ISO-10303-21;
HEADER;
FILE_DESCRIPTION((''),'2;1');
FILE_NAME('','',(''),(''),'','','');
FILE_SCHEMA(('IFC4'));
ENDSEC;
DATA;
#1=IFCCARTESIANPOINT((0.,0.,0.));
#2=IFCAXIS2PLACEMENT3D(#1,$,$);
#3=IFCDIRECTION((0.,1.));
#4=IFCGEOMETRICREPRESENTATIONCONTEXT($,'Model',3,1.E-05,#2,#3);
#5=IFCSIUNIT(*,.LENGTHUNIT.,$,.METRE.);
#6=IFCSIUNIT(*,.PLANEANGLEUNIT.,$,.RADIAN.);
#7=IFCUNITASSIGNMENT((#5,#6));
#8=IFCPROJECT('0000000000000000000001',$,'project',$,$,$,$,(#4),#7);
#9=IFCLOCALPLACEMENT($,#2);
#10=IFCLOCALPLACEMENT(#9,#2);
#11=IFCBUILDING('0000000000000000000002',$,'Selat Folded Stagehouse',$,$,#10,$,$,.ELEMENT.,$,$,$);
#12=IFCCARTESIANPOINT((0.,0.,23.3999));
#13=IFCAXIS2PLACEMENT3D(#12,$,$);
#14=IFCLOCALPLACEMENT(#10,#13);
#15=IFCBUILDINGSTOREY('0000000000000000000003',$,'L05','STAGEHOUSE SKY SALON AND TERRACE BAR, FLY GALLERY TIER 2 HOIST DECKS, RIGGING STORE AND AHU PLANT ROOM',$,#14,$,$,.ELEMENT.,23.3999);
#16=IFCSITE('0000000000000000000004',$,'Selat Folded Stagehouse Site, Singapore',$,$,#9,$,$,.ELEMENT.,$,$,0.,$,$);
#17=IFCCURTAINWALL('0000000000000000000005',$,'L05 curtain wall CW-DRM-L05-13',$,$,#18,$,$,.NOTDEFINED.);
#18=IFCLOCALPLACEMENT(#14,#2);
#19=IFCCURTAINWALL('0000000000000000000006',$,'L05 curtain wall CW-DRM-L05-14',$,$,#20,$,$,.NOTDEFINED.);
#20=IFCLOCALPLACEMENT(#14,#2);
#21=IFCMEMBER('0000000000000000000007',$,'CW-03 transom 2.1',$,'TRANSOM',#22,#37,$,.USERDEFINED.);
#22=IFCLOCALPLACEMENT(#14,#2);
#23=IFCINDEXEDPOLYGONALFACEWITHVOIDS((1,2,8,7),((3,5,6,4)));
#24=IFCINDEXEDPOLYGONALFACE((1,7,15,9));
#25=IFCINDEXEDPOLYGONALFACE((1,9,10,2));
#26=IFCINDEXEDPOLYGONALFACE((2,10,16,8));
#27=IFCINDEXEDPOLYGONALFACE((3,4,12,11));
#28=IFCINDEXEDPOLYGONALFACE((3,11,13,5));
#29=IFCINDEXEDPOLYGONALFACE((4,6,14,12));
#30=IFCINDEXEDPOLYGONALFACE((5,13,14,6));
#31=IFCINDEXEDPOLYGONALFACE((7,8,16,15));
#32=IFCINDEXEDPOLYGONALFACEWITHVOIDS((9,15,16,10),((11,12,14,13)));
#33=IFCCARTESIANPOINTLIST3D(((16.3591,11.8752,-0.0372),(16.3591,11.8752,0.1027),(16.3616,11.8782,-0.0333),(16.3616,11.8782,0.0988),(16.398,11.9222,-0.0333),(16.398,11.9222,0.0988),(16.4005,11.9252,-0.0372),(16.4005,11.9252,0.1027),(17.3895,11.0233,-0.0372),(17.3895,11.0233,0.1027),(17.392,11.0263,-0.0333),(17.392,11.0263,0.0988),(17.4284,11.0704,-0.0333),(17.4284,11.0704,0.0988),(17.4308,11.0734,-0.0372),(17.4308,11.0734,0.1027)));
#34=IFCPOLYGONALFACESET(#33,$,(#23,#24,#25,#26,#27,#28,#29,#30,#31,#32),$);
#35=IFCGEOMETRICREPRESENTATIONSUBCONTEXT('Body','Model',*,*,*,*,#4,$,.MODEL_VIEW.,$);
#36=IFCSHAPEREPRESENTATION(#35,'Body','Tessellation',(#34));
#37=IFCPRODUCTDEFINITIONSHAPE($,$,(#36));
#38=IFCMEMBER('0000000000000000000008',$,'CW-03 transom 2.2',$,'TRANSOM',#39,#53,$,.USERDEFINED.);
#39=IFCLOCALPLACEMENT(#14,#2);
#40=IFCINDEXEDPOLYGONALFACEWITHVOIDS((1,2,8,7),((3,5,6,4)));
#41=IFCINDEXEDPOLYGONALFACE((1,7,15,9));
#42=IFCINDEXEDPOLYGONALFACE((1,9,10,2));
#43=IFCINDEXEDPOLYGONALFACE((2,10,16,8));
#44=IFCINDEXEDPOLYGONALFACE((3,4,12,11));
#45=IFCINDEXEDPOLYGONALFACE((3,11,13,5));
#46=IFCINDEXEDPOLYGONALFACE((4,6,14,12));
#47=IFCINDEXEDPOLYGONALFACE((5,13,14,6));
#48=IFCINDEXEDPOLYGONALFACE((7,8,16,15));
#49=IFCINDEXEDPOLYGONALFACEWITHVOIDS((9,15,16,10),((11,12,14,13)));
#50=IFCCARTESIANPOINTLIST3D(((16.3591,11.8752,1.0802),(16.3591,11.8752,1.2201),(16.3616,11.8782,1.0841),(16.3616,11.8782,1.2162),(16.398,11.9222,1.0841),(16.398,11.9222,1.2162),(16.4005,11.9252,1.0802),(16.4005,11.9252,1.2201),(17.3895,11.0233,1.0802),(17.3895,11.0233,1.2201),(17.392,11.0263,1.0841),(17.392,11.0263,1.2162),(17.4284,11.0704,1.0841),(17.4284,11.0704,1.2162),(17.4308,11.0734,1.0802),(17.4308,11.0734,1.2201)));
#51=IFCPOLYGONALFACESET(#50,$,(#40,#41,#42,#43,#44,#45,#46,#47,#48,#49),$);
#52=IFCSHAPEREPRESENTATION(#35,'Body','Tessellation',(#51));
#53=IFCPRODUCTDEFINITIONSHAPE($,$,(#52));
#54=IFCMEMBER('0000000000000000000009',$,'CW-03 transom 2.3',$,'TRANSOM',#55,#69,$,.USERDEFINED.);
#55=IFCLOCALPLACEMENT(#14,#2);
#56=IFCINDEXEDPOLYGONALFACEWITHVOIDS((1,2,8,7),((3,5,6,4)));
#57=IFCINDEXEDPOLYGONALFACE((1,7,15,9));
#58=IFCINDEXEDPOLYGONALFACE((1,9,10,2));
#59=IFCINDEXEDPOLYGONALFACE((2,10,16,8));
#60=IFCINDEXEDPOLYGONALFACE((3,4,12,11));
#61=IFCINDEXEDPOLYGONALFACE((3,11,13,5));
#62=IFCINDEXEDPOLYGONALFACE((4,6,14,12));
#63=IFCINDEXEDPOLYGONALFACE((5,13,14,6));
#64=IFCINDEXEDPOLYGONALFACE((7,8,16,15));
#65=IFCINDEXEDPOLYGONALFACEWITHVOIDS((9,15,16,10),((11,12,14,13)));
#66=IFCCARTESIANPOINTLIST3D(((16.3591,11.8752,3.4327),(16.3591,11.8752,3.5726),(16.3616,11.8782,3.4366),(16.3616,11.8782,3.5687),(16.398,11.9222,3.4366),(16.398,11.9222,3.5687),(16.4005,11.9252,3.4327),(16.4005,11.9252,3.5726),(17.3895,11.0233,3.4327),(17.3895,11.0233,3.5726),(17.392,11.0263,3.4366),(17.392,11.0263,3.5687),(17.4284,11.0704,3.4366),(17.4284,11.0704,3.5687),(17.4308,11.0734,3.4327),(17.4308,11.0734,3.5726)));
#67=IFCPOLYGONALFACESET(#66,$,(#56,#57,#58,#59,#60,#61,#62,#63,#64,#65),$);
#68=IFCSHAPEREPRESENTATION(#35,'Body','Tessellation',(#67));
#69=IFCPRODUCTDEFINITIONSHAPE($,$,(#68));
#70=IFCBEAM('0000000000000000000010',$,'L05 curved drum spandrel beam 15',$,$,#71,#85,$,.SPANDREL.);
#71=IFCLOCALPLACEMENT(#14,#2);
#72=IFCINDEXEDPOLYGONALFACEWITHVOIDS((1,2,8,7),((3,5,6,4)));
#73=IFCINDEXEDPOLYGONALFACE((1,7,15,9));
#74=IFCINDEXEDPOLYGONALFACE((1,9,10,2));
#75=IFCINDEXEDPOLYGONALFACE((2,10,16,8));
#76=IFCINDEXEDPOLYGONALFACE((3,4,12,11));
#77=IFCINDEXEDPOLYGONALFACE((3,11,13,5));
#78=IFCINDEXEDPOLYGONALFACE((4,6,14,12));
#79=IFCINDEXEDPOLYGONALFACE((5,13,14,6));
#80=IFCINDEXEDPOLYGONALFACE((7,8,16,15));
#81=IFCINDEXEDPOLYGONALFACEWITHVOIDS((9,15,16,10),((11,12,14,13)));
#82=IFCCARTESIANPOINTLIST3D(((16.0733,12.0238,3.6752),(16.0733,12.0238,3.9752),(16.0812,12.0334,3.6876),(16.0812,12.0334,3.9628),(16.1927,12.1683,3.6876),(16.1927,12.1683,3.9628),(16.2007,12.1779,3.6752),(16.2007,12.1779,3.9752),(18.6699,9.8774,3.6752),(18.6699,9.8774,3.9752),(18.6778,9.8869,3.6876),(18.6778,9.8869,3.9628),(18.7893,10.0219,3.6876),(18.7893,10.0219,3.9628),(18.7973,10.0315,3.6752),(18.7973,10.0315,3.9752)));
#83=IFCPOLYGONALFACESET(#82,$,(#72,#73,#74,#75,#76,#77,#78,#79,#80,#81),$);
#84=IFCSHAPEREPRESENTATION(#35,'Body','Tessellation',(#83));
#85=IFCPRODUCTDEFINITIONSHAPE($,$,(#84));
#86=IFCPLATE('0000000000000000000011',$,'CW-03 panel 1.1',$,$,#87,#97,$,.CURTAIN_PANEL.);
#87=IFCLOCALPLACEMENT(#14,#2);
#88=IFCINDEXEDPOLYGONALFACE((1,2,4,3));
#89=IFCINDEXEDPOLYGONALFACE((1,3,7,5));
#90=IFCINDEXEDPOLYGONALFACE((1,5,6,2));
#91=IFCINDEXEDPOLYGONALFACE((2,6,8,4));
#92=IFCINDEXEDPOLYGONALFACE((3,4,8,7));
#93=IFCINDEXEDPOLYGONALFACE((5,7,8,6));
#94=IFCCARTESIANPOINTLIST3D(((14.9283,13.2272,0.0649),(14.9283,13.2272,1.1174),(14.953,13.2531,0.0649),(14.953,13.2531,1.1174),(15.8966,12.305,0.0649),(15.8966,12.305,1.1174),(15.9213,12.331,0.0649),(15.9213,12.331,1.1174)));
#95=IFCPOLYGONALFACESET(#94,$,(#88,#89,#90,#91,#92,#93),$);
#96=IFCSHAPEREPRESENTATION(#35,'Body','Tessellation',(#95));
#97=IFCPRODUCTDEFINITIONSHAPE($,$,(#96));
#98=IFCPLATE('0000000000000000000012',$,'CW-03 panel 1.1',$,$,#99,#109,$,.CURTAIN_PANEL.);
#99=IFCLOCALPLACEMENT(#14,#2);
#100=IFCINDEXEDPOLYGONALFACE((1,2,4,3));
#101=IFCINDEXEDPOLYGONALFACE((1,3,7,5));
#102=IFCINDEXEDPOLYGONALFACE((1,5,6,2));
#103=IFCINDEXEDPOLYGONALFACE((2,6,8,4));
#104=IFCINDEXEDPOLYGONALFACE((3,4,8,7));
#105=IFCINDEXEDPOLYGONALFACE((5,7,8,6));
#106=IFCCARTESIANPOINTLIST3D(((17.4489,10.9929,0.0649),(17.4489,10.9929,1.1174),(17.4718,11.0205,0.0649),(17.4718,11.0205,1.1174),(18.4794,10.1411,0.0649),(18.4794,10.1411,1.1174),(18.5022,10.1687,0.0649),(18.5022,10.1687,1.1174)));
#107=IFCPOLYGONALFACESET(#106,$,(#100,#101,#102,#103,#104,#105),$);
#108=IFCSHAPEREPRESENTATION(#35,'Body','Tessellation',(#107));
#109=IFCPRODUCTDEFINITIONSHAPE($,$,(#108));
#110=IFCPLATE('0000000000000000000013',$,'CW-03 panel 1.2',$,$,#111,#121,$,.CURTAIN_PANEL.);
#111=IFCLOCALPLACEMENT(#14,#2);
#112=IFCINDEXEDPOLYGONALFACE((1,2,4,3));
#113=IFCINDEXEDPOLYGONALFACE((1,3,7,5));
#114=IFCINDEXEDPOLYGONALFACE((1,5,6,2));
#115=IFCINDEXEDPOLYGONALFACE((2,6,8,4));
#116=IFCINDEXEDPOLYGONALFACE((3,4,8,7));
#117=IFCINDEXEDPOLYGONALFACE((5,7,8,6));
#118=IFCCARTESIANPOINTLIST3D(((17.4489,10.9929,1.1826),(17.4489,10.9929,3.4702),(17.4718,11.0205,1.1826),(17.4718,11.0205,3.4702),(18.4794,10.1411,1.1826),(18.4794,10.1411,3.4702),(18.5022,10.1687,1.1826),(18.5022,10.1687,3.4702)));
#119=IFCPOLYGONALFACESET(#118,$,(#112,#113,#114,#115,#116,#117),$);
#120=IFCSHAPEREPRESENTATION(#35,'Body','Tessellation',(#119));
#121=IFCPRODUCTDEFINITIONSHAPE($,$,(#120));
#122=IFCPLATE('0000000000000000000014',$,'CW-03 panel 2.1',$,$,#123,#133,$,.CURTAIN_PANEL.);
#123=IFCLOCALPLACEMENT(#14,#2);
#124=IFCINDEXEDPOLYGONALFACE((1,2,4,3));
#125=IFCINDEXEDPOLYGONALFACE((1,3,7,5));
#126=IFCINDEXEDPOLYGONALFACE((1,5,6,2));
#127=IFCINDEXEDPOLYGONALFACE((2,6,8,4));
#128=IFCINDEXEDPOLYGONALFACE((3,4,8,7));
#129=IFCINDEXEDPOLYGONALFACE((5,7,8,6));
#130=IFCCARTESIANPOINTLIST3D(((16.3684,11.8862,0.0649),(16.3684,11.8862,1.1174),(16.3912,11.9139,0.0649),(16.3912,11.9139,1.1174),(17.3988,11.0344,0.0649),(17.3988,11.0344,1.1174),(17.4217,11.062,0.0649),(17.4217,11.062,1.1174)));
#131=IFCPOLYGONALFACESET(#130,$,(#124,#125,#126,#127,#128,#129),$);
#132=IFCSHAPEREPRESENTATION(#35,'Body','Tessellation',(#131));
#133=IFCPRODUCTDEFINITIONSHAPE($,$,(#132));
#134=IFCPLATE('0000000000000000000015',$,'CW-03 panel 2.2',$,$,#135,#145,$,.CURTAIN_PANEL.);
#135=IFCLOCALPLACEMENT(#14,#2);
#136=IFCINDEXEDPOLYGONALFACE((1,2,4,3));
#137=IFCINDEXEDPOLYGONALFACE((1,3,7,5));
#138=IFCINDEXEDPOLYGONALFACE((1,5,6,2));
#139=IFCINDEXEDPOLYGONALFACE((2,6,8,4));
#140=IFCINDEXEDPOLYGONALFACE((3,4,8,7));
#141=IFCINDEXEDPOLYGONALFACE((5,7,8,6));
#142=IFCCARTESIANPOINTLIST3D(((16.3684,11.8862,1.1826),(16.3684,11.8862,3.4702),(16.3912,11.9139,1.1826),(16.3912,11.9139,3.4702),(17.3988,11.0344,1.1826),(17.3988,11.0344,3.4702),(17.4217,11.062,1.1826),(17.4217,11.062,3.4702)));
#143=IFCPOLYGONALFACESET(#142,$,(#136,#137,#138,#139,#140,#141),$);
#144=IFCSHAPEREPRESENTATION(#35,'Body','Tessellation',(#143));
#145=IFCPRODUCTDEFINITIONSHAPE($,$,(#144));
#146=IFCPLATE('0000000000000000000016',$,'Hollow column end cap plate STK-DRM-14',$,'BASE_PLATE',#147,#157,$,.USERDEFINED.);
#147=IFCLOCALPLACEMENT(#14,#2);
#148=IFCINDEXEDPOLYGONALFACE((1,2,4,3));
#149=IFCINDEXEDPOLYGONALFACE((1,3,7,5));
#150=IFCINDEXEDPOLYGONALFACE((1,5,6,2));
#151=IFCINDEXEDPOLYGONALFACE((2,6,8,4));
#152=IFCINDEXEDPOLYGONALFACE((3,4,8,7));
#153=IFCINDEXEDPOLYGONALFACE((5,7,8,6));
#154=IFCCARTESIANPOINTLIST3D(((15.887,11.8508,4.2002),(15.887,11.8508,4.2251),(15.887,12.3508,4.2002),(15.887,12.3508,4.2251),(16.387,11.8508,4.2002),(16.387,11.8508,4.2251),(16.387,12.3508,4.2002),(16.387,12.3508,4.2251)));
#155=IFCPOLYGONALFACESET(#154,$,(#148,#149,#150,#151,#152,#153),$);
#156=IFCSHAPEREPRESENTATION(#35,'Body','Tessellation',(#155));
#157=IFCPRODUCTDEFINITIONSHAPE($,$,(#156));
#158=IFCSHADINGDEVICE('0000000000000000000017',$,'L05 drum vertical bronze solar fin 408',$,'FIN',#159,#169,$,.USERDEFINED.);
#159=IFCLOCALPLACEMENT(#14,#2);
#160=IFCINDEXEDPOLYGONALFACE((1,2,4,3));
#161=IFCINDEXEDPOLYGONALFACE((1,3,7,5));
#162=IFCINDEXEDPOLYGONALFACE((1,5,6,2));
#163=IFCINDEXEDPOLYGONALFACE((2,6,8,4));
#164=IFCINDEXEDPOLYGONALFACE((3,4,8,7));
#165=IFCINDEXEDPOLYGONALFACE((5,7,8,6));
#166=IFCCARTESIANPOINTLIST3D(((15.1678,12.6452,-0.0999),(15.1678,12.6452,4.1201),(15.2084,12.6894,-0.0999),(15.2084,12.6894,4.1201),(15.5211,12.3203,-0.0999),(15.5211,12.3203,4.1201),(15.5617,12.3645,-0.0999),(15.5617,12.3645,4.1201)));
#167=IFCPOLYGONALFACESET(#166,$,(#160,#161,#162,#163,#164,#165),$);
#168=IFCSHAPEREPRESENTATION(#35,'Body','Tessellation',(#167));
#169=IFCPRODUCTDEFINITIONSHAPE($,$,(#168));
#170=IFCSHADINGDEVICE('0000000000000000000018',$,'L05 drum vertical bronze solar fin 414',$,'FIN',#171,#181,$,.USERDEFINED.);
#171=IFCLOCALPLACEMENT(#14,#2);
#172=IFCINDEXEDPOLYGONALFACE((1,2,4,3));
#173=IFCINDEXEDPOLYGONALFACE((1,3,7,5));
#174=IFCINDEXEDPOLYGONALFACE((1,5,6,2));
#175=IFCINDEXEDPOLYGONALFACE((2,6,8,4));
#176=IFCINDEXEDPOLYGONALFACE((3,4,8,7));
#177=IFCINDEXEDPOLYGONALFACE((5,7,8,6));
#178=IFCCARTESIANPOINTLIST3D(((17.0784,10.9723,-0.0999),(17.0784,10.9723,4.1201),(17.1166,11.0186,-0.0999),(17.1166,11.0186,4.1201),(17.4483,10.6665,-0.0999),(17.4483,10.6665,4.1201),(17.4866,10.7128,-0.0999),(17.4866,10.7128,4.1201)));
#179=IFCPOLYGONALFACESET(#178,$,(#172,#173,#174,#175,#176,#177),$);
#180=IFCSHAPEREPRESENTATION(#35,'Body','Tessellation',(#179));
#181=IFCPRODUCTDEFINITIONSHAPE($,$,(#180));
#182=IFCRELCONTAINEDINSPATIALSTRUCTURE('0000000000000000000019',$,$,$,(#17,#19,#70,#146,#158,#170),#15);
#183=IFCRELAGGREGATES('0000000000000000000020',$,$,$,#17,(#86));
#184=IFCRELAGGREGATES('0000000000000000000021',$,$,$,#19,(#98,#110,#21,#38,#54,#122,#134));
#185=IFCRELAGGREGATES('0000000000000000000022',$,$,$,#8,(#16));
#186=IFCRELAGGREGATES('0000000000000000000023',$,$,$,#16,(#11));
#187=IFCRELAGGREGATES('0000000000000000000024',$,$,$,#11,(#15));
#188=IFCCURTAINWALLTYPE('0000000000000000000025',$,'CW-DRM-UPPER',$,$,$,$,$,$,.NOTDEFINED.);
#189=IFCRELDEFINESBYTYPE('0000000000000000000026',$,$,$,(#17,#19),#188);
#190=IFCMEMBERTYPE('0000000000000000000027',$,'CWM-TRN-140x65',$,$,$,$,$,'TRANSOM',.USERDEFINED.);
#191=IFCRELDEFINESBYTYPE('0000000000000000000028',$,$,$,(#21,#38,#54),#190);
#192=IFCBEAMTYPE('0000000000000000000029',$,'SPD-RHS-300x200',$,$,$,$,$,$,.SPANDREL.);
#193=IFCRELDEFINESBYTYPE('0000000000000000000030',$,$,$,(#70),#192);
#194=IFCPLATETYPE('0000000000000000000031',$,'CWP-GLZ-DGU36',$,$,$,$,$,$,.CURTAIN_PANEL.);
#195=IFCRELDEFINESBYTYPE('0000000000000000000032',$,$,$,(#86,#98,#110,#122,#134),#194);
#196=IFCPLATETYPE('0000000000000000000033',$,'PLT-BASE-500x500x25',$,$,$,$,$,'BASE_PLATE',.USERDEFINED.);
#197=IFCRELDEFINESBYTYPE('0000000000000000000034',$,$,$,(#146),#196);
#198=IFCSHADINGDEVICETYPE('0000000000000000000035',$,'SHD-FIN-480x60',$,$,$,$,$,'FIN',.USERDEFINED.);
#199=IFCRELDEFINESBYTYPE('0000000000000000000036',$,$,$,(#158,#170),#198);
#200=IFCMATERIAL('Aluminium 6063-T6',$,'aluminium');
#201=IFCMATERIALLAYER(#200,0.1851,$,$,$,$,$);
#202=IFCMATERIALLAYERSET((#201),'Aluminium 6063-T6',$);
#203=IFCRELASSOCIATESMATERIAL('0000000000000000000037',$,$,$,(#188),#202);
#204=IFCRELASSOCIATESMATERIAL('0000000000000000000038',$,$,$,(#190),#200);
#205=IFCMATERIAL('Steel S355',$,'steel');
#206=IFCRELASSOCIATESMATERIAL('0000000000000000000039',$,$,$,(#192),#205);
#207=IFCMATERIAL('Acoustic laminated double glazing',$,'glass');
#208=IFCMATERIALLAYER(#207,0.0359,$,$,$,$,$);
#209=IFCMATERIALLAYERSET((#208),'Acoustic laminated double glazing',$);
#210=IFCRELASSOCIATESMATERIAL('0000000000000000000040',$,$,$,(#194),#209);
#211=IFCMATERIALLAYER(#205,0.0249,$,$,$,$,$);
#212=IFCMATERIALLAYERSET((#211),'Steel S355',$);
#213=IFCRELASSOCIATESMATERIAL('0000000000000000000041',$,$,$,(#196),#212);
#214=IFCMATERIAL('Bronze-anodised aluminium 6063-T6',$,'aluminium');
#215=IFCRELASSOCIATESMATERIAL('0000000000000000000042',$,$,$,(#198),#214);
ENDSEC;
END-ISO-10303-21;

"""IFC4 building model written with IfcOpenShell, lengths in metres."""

from ifc_helpers import new_model, si_unit, direction, frame, origin, origin_2d, place, context, subcontext, project, spatial, rectangle, hollow_rectangle, extrude, material, layer, layer_set, material_profile, profile_set, type_object, element, aggregate, save


model = new_model("IFC4")

# Units and contexts
model_context = context("Model", 3, precision=1e-05, world=origin(), true_north=direction((0.0, 1.0)))
body_context = subcontext(model_context, "Body", "Model", "MODEL_VIEW")
ifc_project = project(units=[si_unit("LENGTHUNIT", "METRE"), si_unit("PLANEANGLEUNIT", "RADIAN")], contexts=[model_context])

# Site, building, storey
site_placement = place(None, origin())
site = spatial("IfcSite", under=ifc_project, at=site_placement, Name="Selat Folded Stagehouse Site, Singapore", CompositionType="ELEMENT", RefElevation=0.0)
building_placement = place(site_placement, origin())
building = spatial("IfcBuilding", under=site, at=building_placement, Name="Selat Folded Stagehouse", CompositionType="ELEMENT")
storey_placement = place(building_placement, frame((0.0, 0.0, 23.3999)))
storey = spatial("IfcBuildingStorey", under=building, at=storey_placement, Name="L05", Description="STAGEHOUSE SKY SALON AND TERRACE BAR, FLY GALLERY TIER 2 HOIST DECKS, RIGGING STORE AND AHU PLANT ROOM", CompositionType="ELEMENT", Elevation=23.3999)

# Shared definitions
ifc_material_1 = material(Name="Steel S355", Category="steel")

# Curtain wall
ifc_material_2 = material(Name="Aluminium 6063-T6", Category="aluminium")
ifc_layer_1 = layer(ifc_material_2, 0.1851)
ifc_layer_set_1 = layer_set([ifc_layer_1], Name="Aluminium 6063-T6")
curtain_wall_type = type_object("IfcCurtainWallType", Name="CW-DRM-UPPER", PredefinedType="NOTDEFINED", material=ifc_layer_set_1)
curtain_wall_1_placement = place(storey_placement, origin())
curtain_wall_1 = element("IfcCurtainWall", 1, at=curtain_wall_1_placement, inside=storey, type_object=curtain_wall_type, Name="L05 curtain wall CW-DRM-L05-13", PredefinedType="NOTDEFINED")

# Curtain wall
curtain_wall_2_placement = place(storey_placement, origin())
curtain_wall_2 = element("IfcCurtainWall", 2, at=curtain_wall_2_placement, inside=storey, type_object=curtain_wall_type, Name="L05 curtain wall CW-DRM-L05-14", PredefinedType="NOTDEFINED")

# Members
ifc_material_profile_1 = material_profile(ifc_material_2, hollow_rectangle(XDim=0.0649, YDim=0.1399, WallThickness=0.0039, at=origin_2d()), Name="ALU 140x65x4.0")
ifc_profile_set_1 = profile_set([ifc_material_profile_1], Name="Aluminium 6063-T6")
member_type_1 = type_object("IfcMemberType", Name="CWM-TRN-140x65", ElementType="TRANSOM", PredefinedType="USERDEFINED", material=ifc_profile_set_1)
member_1_placement = place(storey_placement, frame((17.4102, 11.0483, 0.0327), z_axis=(-0.7707, 0.637198, 0.0), x_axis=(-0.637198, -0.7707, 0.0)))
member_1 = element("IfcMember", 3, at=member_1_placement, type_object=member_type_1, Name="CW-03 transom 2.1", ObjectType="TRANSOM", PredefinedType="USERDEFINED", context=body_context, shape_type="SweptSolid", body=[
    extrude(hollow_rectangle(XDim=0.0649, YDim=0.1399, WallThickness=0.0039, at=origin_2d()), origin(), (0.0, 0.0, 1.0), 1.3369),
])
member_2_placement = place(storey_placement, frame((17.4102, 11.0483, 1.1501), z_axis=(-0.7707, 0.637198, 0.0), x_axis=(-0.637198, -0.7707, 0.0)))
member_2 = element("IfcMember", 4, at=member_2_placement, type_object=member_type_1, Name="CW-03 transom 2.2", ObjectType="TRANSOM", PredefinedType="USERDEFINED", context=body_context, shape_type="SweptSolid", body=[
    extrude(hollow_rectangle(XDim=0.0649, YDim=0.1399, WallThickness=0.0039, at=origin_2d()), origin(), (0.0, 0.0, 1.0), 1.3369),
])
member_3_placement = place(storey_placement, frame((17.4102, 11.0483, 3.5027), z_axis=(-0.7707, 0.637198, 0.0), x_axis=(-0.637198, -0.7707, 0.0)))
member_3 = element("IfcMember", 5, at=member_3_placement, type_object=member_type_1, Name="CW-03 transom 2.3", ObjectType="TRANSOM", PredefinedType="USERDEFINED", context=body_context, shape_type="SweptSolid", body=[
    extrude(hollow_rectangle(XDim=0.0649, YDim=0.1399, WallThickness=0.0039, at=origin_2d()), origin(), (0.0, 0.0, 1.0), 1.3369),
])

# Beam
ifc_material_profile_2 = material_profile(ifc_material_1, hollow_rectangle(XDim=0.2, YDim=0.3, WallThickness=0.0125, at=origin_2d()), Name="RHS 300x200x12.5")
ifc_profile_set_2 = profile_set([ifc_material_profile_2], Name="Steel S355")
beam_type = type_object("IfcBeamType", Name="SPD-RHS-300x200", PredefinedType="SPANDREL", material=ifc_profile_set_2)
beam_placement = place(storey_placement, frame((16.137, 12.1008, 3.8252), z_axis=(0.770758, -0.637129, 0.0), x_axis=(0.637129, 0.770758, 0.0)))
element("IfcBeam", 6, at=beam_placement, inside=storey, type_object=beam_type, Name="L05 curved drum spandrel beam 15", PredefinedType="SPANDREL", context=body_context, shape_type="SweptSolid", body=[
    extrude(hollow_rectangle(XDim=0.2, YDim=0.3, WallThickness=0.0125, at=origin_2d()), origin(), (0.0, 0.0, 1.0), 3.3689),
])

# Plates
ifc_material_3 = material(Name="Acoustic laminated double glazing", Category="glass")
ifc_layer_2 = layer(ifc_material_3, 0.0359)
ifc_layer_set_2 = layer_set([ifc_layer_2], Name="Acoustic laminated double glazing")
plate_type_1 = type_object("IfcPlateType", Name="CWP-GLZ-DGU36", PredefinedType="CURTAIN_PANEL", material=ifc_layer_set_2)
plate_1_placement = place(storey_placement, frame((15.4248, 12.7791, 0.0649), z_axis=(0.0, 0.0, 1.0), x_axis=(-0.724132, 0.689661, 0.0)))
plate_1 = element("IfcPlate", 7, at=plate_1_placement, type_object=plate_type_1, Name="CW-03 panel 1.1", PredefinedType="CURTAIN_PANEL", context=body_context, shape_type="SweptSolid", body=[
    extrude(rectangle(XDim=1.3372, YDim=0.0359, at=origin_2d()), origin(), (0.0, 0.0, 1.0), 1.0525),
])
aggregate(curtain_wall_1, [plate_1])
plate_2_placement = place(storey_placement, frame((17.9756, 10.5808, 0.0649), z_axis=(0.0, 0.0, 1.0), x_axis=(-0.770747, 0.637142, 0.0)))
plate_2 = element("IfcPlate", 8, at=plate_2_placement, type_object=plate_type_1, Name="CW-03 panel 1.1", PredefinedType="CURTAIN_PANEL", context=body_context, shape_type="SweptSolid", body=[
    extrude(rectangle(XDim=1.3369, YDim=0.0359, at=origin_2d()), origin(), (0.0, 0.0, 1.0), 1.0525),
])
plate_3_placement = place(storey_placement, frame((17.9756, 10.5808, 1.1826), z_axis=(0.0, 0.0, 1.0), x_axis=(-0.770747, 0.637142, 0.0)))
plate_3 = element("IfcPlate", 9, at=plate_3_placement, type_object=plate_type_1, Name="CW-03 panel 1.2", PredefinedType="CURTAIN_PANEL", context=body_context, shape_type="SweptSolid", body=[
    extrude(rectangle(XDim=1.3369, YDim=0.0359, at=origin_2d()), origin(), (0.0, 0.0, 1.0), 2.2876),
])
plate_4_placement = place(storey_placement, frame((16.895, 11.4741, 0.0649), z_axis=(0.0, 0.0, 1.0), x_axis=(-0.770747, 0.637142, 0.0)))
plate_4 = element("IfcPlate", 10, at=plate_4_placement, type_object=plate_type_1, Name="CW-03 panel 2.1", PredefinedType="CURTAIN_PANEL", context=body_context, shape_type="SweptSolid", body=[
    extrude(rectangle(XDim=1.3369, YDim=0.0359, at=origin_2d()), origin(), (0.0, 0.0, 1.0), 1.0525),
])
plate_5_placement = place(storey_placement, frame((16.895, 11.4741, 1.1826), z_axis=(0.0, 0.0, 1.0), x_axis=(-0.770747, 0.637142, 0.0)))
plate_5 = element("IfcPlate", 11, at=plate_5_placement, type_object=plate_type_1, Name="CW-03 panel 2.2", PredefinedType="CURTAIN_PANEL", context=body_context, shape_type="SweptSolid", body=[
    extrude(rectangle(XDim=1.3369, YDim=0.0359, at=origin_2d()), origin(), (0.0, 0.0, 1.0), 2.2876),
])
aggregate(curtain_wall_2, [plate_2, plate_3, member_1, member_2, member_3, plate_4, plate_5])
ifc_layer_3 = layer(ifc_material_1, 0.0249)
ifc_layer_set_3 = layer_set([ifc_layer_3], Name="Steel S355")
plate_type_2 = type_object("IfcPlateType", Name="PLT-BASE-500x500x25", ElementType="BASE_PLATE", PredefinedType="USERDEFINED", material=ifc_layer_set_3)
plate_6_placement = place(storey_placement, frame((16.137, 12.1008, 4.2002), z_axis=(0.0, 0.0, 1.0), x_axis=(1.0, 0.0, 0.0)))
element("IfcPlate", 12, at=plate_6_placement, inside=storey, type_object=plate_type_2, Name="Hollow column end cap plate STK-DRM-14", ObjectType="BASE_PLATE", PredefinedType="USERDEFINED", context=body_context, shape_type="SweptSolid", body=[
    extrude(rectangle(XDim=0.5, YDim=0.5, at=origin_2d()), origin(), (0.0, 0.0, 1.0), 0.0249),
])

# Shading devices
ifc_material_4 = material(Name="Bronze-anodised aluminium 6063-T6", Category="aluminium")
ifc_material_profile_3 = material_profile(ifc_material_4, rectangle(XDim=0.0601, YDim=0.48, at=origin_2d()), Name="SOLAR-FIN 480x60")
ifc_profile_set_3 = profile_set([ifc_material_profile_3], Name="Bronze-anodised aluminium 6063-T6")
shading_device_type = type_object("IfcShadingDeviceType", Name="SHD-FIN-480x60", ElementType="FIN", PredefinedType="USERDEFINED", material=ifc_profile_set_3)
for number, where, z_axis, x_axis, name in (
    (13, (15.3647, 12.5049, -0.0999), (0.0, 0.0, 1.0), (-0.676876, -0.736097, 0.0), "L05 drum vertical bronze solar fin 408"),
    (14, (17.2825, 10.8425, -0.0999), (0.0, 0.0, 1.0), (-0.637155, -0.770736, 0.0), "L05 drum vertical bronze solar fin 414"),
):
    element("IfcShadingDevice", number, at=place(storey_placement, frame(where, z_axis=z_axis, x_axis=x_axis)), inside=storey, type_object=shading_device_type, Name=name, ObjectType="FIN", PredefinedType="USERDEFINED", context=body_context, shape_type="SweptSolid", body=[
        extrude(rectangle(XDim=0.0601, YDim=0.48, at=origin_2d()), origin(), (0.0, 0.0, 1.0), 4.22),
    ])

save(model, "model.ifc")
